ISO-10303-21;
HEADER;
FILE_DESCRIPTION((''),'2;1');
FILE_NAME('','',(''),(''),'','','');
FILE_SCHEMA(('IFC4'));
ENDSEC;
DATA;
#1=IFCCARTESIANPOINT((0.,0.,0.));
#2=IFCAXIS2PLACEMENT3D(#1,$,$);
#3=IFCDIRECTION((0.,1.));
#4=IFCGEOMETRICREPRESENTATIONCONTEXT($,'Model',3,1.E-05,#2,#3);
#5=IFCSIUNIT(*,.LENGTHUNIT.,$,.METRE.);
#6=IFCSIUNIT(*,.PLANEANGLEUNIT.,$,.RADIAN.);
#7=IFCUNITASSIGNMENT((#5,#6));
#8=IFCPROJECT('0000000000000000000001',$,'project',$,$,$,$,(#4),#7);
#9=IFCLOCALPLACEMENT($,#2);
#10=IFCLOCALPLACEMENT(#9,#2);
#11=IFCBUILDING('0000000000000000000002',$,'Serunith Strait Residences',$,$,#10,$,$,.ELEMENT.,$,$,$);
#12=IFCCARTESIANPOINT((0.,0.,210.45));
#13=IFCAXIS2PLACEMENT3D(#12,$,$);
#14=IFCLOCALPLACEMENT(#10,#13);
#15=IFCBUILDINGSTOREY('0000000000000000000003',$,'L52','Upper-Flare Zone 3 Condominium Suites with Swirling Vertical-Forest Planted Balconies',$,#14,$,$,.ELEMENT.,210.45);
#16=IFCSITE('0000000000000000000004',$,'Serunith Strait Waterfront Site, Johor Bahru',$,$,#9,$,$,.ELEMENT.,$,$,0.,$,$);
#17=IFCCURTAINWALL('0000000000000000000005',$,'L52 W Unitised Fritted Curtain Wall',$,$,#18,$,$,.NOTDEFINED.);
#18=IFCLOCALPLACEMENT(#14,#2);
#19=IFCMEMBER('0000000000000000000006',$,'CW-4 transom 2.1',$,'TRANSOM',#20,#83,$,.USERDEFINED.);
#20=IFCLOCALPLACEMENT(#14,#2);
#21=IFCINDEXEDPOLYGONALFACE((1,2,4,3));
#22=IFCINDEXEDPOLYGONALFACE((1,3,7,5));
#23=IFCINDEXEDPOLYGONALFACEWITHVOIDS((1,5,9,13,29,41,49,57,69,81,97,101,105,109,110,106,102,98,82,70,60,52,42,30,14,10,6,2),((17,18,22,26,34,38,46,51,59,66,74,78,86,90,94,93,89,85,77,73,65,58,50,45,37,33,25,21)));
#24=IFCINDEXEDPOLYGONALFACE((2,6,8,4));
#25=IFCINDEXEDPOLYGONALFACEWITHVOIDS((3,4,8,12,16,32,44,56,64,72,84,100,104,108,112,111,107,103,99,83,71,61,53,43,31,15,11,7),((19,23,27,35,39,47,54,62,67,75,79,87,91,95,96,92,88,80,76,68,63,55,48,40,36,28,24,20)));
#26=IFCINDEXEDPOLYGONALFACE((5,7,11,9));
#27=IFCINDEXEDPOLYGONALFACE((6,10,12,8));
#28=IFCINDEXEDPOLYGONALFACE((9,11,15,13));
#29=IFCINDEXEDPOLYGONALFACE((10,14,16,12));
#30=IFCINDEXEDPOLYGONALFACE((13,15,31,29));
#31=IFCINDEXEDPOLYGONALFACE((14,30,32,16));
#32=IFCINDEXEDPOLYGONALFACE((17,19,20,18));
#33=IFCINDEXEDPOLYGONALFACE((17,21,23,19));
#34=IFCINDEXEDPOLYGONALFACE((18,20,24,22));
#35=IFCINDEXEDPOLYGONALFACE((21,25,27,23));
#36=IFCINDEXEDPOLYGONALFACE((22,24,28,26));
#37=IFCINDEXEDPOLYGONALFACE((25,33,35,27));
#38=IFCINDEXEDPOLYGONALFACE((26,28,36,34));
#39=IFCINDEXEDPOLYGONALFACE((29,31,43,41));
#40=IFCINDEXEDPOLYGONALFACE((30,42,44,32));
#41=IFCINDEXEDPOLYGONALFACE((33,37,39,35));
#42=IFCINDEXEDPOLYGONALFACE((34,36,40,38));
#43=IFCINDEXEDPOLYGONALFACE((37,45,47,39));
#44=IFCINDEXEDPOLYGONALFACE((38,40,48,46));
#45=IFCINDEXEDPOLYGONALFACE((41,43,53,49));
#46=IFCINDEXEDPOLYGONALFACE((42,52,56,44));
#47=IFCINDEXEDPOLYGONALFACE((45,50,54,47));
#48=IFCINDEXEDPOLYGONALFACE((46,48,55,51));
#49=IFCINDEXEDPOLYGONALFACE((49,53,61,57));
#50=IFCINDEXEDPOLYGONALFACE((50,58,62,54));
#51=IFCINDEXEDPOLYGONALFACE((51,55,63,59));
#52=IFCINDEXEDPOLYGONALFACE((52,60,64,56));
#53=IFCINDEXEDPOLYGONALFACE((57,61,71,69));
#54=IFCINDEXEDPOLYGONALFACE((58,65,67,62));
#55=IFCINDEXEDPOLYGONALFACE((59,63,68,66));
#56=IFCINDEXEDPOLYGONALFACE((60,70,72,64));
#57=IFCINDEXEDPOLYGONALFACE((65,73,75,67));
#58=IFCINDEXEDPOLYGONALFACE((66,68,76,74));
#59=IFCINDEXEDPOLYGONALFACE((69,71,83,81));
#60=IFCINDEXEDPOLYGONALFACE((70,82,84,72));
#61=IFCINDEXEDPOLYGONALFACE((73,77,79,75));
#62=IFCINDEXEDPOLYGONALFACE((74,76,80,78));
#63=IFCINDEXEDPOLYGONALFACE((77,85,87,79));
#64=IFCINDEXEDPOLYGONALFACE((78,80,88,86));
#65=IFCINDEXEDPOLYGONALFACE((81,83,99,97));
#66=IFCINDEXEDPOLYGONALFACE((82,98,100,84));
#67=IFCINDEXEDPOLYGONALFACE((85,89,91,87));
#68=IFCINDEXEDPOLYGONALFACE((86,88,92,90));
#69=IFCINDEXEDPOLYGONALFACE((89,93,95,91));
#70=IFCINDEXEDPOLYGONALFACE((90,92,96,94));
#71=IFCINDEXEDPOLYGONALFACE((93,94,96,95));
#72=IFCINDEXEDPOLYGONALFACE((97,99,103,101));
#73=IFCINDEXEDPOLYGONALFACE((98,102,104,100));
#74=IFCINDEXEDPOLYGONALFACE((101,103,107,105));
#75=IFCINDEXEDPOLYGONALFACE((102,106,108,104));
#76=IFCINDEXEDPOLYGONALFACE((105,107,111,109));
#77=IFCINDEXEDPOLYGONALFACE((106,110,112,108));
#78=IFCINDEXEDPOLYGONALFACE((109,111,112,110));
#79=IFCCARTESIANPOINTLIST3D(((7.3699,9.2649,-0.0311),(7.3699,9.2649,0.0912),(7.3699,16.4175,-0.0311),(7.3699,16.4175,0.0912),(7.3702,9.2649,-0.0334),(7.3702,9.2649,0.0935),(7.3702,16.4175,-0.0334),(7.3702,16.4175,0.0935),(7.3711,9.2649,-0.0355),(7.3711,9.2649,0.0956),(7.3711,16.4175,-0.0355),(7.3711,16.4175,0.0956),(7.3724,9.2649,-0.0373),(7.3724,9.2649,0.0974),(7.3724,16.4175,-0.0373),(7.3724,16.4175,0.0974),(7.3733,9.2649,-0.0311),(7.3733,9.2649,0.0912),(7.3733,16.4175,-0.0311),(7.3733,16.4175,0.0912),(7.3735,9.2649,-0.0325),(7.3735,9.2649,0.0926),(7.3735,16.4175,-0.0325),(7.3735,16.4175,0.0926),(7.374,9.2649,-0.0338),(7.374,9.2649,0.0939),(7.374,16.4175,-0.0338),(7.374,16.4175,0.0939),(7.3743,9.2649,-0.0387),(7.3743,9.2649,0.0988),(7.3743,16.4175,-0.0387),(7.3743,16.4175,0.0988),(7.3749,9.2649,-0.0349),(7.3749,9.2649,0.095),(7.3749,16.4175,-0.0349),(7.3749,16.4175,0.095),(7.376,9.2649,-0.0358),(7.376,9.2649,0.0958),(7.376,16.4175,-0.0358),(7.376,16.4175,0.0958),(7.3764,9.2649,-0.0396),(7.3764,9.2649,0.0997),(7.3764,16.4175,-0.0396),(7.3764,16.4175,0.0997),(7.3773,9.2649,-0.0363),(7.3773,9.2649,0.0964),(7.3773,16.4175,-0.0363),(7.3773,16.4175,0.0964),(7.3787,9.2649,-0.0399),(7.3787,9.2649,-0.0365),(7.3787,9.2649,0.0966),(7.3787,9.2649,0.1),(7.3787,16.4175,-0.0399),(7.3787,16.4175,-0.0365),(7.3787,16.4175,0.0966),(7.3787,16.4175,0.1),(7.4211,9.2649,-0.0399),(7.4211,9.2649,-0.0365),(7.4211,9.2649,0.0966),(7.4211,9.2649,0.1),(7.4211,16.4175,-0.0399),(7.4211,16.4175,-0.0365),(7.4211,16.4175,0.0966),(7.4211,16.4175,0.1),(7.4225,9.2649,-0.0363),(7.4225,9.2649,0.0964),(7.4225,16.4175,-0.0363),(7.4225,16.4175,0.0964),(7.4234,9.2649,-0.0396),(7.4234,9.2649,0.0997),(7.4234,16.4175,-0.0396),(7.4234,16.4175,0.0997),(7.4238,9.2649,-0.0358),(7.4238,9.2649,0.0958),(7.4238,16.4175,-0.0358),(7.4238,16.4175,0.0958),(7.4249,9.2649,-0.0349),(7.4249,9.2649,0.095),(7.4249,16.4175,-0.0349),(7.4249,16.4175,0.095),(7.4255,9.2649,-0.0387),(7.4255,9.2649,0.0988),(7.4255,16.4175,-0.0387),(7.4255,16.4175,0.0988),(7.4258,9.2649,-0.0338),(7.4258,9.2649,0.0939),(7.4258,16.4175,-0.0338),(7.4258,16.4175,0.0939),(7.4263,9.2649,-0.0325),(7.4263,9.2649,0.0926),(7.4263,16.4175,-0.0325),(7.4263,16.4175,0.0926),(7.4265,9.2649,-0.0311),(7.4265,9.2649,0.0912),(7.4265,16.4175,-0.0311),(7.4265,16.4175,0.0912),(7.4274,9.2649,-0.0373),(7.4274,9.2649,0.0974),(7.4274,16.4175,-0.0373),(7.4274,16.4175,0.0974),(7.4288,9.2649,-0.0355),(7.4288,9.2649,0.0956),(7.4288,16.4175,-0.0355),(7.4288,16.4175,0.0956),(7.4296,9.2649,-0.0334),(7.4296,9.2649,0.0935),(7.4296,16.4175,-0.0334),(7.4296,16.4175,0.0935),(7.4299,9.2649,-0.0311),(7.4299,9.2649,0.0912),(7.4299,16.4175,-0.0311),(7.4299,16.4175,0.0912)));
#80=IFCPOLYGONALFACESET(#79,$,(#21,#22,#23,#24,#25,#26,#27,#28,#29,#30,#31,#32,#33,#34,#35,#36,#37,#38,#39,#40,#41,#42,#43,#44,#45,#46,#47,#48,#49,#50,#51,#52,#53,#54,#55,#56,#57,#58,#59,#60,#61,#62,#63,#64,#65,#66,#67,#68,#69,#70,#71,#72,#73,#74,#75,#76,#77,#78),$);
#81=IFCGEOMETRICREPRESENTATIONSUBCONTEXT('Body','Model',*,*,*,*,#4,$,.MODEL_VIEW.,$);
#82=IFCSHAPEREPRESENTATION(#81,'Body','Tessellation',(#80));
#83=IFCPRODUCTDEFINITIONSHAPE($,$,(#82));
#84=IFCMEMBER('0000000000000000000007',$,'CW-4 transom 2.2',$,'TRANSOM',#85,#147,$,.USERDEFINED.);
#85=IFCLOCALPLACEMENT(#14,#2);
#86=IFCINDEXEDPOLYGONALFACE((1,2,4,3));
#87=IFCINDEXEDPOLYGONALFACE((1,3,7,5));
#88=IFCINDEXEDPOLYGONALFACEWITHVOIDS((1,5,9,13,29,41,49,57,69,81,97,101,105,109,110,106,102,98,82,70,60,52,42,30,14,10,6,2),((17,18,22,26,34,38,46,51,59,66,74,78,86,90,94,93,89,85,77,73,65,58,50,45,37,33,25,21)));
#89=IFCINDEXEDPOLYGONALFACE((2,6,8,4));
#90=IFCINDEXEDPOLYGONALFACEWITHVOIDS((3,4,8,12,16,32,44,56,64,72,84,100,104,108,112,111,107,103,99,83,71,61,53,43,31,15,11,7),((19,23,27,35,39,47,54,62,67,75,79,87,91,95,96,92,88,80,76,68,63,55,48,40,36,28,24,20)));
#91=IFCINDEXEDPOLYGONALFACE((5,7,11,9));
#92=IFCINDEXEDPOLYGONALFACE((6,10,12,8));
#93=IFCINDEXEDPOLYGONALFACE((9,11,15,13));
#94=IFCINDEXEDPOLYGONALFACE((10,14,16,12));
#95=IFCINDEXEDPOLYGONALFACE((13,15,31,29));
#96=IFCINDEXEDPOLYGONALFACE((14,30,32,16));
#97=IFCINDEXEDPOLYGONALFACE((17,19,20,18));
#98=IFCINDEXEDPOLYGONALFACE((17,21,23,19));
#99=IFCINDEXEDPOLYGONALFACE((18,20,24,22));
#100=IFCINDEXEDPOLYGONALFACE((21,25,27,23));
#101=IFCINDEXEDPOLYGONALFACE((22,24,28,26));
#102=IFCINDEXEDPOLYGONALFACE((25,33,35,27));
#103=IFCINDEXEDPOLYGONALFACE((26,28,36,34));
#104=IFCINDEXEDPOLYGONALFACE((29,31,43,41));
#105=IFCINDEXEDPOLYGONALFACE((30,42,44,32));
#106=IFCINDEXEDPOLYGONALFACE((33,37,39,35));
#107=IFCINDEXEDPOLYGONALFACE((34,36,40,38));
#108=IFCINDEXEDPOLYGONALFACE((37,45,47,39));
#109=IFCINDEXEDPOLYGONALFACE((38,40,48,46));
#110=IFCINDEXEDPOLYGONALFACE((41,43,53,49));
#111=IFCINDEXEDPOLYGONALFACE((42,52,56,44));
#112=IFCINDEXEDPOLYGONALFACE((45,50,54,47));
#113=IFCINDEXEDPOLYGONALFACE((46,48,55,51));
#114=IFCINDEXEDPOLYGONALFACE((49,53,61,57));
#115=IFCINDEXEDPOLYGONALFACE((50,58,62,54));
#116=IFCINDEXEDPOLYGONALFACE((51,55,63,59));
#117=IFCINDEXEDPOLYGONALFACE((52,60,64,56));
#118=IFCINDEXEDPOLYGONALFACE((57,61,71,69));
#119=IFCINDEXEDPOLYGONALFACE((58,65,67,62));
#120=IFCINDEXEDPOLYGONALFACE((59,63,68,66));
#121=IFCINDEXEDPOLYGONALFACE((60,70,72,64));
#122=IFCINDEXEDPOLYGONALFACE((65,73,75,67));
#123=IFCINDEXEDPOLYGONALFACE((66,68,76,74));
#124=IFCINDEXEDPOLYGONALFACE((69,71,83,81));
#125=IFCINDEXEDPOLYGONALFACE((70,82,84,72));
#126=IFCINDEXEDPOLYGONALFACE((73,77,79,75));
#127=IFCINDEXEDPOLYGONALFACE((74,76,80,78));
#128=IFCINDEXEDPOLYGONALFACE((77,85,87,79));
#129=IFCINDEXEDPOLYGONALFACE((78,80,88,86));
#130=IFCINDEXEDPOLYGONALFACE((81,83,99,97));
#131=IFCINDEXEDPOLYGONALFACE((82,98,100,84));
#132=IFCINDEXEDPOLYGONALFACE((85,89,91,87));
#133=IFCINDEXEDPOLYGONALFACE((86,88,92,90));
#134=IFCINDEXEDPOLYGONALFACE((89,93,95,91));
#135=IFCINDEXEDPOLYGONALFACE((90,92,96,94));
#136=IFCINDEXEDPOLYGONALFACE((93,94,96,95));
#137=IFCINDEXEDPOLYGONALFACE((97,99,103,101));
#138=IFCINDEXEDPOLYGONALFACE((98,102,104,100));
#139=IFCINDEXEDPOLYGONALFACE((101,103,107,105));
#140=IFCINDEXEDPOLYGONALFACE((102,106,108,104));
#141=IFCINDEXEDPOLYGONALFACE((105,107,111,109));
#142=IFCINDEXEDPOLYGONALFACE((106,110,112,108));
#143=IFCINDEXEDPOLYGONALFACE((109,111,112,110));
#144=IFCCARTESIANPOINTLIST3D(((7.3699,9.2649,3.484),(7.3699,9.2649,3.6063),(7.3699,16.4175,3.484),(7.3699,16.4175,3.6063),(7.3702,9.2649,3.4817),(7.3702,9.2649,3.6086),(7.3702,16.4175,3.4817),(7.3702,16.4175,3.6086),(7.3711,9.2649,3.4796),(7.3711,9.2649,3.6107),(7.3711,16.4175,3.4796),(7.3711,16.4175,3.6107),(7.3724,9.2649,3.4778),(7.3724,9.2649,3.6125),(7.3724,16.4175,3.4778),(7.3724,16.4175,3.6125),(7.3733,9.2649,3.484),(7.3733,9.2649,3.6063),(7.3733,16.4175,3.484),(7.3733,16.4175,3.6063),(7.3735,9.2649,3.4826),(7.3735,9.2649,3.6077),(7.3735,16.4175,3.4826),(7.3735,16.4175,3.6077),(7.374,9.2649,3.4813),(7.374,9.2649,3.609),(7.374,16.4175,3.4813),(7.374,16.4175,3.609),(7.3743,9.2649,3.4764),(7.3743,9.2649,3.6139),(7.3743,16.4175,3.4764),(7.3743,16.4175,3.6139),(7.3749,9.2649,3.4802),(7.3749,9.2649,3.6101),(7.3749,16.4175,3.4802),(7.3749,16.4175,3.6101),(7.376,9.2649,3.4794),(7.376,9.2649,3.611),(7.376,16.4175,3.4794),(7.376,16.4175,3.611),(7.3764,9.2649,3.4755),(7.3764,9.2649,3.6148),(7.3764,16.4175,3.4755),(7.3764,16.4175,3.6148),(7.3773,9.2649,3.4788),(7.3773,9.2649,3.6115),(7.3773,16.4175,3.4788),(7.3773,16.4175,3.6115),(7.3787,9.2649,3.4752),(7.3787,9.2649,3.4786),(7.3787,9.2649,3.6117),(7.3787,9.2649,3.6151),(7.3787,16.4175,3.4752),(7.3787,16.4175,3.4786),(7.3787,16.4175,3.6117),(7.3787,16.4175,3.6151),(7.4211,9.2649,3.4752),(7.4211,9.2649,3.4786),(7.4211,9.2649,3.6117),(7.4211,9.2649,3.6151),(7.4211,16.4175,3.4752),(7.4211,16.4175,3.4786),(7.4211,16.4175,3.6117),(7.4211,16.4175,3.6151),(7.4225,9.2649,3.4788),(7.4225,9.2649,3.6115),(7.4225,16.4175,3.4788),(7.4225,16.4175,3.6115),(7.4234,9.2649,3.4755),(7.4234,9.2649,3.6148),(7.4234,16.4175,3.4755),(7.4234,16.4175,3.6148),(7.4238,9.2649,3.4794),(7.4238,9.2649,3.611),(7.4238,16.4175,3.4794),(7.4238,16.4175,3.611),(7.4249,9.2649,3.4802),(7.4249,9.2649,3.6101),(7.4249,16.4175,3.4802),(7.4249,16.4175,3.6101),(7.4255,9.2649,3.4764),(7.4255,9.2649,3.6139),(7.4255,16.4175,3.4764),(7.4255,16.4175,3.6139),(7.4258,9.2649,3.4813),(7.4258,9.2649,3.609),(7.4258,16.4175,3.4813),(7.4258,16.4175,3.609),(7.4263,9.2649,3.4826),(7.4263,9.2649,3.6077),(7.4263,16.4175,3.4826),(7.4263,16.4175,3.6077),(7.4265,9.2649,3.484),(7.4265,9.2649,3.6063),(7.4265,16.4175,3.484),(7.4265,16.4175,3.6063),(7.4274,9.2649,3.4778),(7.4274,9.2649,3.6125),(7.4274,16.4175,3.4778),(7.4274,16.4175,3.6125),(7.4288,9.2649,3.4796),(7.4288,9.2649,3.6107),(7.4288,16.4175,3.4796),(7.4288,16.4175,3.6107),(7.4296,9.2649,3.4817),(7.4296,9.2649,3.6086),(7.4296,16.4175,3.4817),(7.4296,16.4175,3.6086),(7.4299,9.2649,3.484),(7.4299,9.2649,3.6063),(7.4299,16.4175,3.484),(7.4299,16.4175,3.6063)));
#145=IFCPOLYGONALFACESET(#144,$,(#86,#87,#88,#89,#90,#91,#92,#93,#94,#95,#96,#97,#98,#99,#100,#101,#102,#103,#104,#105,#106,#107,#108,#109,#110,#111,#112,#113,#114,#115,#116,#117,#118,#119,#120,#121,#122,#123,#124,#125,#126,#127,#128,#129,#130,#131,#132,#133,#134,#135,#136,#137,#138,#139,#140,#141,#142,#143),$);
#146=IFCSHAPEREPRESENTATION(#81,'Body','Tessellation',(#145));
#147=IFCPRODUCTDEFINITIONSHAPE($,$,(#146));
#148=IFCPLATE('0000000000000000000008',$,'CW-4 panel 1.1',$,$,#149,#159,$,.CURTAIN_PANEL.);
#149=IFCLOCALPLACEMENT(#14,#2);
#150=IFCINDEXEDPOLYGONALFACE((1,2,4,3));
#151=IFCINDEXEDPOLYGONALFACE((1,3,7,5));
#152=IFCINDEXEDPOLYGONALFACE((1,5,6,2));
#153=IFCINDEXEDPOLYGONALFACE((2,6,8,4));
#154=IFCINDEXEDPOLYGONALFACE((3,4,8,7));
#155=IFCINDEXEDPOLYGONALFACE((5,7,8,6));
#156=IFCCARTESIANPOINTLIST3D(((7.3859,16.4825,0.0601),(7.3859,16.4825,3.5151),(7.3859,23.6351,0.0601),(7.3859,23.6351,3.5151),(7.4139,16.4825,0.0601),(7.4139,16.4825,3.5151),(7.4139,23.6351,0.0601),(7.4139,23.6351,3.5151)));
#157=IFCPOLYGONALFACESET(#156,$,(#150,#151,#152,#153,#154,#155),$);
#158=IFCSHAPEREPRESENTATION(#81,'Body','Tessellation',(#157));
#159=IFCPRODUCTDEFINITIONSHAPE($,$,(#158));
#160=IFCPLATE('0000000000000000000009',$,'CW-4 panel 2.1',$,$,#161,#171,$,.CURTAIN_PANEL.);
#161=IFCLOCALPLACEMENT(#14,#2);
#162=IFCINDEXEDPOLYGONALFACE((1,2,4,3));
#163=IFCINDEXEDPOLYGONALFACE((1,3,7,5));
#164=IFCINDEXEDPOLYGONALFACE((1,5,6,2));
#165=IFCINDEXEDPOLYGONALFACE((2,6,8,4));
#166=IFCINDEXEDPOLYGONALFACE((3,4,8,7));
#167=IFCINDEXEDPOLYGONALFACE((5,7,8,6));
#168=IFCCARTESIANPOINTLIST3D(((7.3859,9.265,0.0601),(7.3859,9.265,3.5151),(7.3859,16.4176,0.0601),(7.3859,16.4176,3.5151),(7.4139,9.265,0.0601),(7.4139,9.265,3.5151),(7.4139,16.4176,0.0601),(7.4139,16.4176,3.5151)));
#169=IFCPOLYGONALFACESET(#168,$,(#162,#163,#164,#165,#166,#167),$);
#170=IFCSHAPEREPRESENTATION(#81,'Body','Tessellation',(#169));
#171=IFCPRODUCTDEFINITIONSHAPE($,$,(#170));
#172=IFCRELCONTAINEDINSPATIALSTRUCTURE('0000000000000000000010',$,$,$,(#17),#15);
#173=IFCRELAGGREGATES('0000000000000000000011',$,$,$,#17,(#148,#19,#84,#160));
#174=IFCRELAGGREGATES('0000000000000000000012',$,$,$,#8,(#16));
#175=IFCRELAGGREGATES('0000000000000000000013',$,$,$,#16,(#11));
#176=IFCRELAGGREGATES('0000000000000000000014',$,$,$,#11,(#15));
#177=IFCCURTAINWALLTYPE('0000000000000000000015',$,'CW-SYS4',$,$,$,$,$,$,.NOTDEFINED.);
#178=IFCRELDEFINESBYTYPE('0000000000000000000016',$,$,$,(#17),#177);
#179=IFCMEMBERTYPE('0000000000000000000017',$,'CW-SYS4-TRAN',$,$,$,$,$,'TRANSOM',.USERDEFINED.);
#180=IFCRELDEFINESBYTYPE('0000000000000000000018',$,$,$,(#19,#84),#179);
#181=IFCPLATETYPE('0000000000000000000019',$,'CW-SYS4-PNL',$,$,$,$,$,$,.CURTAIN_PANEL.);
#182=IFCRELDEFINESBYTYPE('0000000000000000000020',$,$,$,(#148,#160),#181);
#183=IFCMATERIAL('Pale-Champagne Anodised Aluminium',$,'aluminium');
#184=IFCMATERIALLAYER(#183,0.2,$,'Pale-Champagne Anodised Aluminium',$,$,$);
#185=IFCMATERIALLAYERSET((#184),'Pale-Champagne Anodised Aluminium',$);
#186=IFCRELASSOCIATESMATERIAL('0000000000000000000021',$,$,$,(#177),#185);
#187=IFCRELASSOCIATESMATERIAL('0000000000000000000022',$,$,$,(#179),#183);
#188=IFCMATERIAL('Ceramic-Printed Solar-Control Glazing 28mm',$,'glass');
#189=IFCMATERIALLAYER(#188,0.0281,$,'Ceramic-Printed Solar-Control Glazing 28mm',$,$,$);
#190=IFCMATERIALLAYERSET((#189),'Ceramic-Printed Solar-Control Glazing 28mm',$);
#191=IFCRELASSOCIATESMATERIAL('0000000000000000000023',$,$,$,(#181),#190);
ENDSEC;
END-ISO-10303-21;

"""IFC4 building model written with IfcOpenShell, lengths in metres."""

from ifc_helpers import new_model, si_unit, direction, frame, origin, origin_2d, place, context, subcontext, project, spatial, rectangle, hollow_rectangle, extrude, source, transform, mapped, material, layer, layer_set, material_profile, profile_set, type_object, element, aggregate, save


model = new_model("IFC4")

# Units and contexts
model_context = context("Model", 3, precision=1e-05, world=origin(), true_north=direction((0.0, 1.0)))
body_context = subcontext(model_context, "Body", "Model", "MODEL_VIEW")
ifc_project = project(units=[si_unit("LENGTHUNIT", "METRE"), si_unit("PLANEANGLEUNIT", "RADIAN")], contexts=[model_context])

# Site, building, storey
site_placement = place(None, origin())
site = spatial("IfcSite", under=ifc_project, at=site_placement, Name="Serunith Strait Waterfront Site, Johor Bahru", CompositionType="ELEMENT", RefElevation=0.0)
building_placement = place(site_placement, origin())
building = spatial("IfcBuilding", under=site, at=building_placement, Name="Serunith Strait Residences", CompositionType="ELEMENT")
storey_placement = place(building_placement, frame((0.0, 0.0, 210.45)))
storey = spatial("IfcBuildingStorey", under=building, at=storey_placement, Name="L52", Description="Upper-Flare Zone 3 Condominium Suites with Swirling Vertical-Forest Planted Balconies", CompositionType="ELEMENT", Elevation=210.45)

# Curtain wall, members, plates
ifc_material_1 = material(Name="Pale-Champagne Anodised Aluminium", Category="aluminium")
ifc_layer_1 = layer(ifc_material_1, 0.2, Name="Pale-Champagne Anodised Aluminium")
ifc_layer_set_1 = layer_set([ifc_layer_1], Name="Pale-Champagne Anodised Aluminium")
curtain_wall_type = type_object("IfcCurtainWallType", Name="CW-SYS4", PredefinedType="NOTDEFINED", material=ifc_layer_set_1)
curtain_wall_placement = place(storey_placement, origin())
curtain_wall = element("IfcCurtainWall", 1, at=curtain_wall_placement, inside=storey, type_object=curtain_wall_type, Name="L52 W Unitised Fritted Curtain Wall", PredefinedType="NOTDEFINED")
ifc_material_profile_1 = material_profile(ifc_material_1, hollow_rectangle(XDim=0.0601, YDim=0.1399, WallThickness=0.0034, InnerFilletRadius=0.0054, OuterFilletRadius=0.0088, at=origin_2d()), Name="ALU 140x60x3.5")
ifc_profile_set_1 = profile_set([ifc_material_profile_1], Name="Pale-Champagne Anodised Aluminium")
member_type_1 = type_object("IfcMemberType", Name="CW-SYS4-TRAN", ElementType="TRANSOM", PredefinedType="USERDEFINED", material=ifc_profile_set_1)
shared_shape_1 = source(origin(), body_context, "Body", "SweptSolid", [
    extrude(hollow_rectangle(XDim=0.0601, YDim=0.1399, WallThickness=0.0034, InnerFilletRadius=0.0054, OuterFilletRadius=0.0088, at=origin_2d()), origin(), (0.0, 0.0, 1.0), 7.1526),
])
member_1_placement = place(storey_placement, frame((7.3999, 16.4175, 0.03), z_axis=(0.0, -1.0, 0.0), x_axis=(1.0, 0.0, 0.0)))
member_1 = element("IfcMember", 2, at=member_1_placement, type_object=member_type_1, Name="CW-4 transom 2.1", ObjectType="TRANSOM", PredefinedType="USERDEFINED", context=body_context, shape_type="MappedRepresentation", body=[
    mapped(shared_shape_1, transform((0.0, 0.0, 0.0), scale=1.0)),
])
member_2_placement = place(storey_placement, frame((7.3999, 16.4175, 3.5452), z_axis=(0.0, -1.0, 0.0), x_axis=(1.0, 0.0, 0.0)))
member_2 = element("IfcMember", 3, at=member_2_placement, type_object=member_type_1, Name="CW-4 transom 2.2", ObjectType="TRANSOM", PredefinedType="USERDEFINED", context=body_context, shape_type="MappedRepresentation", body=[
    mapped(shared_shape_1, transform((0.0, 0.0, 0.0), scale=1.0)),
])
ifc_material_2 = material(Name="Ceramic-Printed Solar-Control Glazing 28mm", Category="glass")
ifc_layer_2 = layer(ifc_material_2, 0.0281, Name="Ceramic-Printed Solar-Control Glazing 28mm")
ifc_layer_set_2 = layer_set([ifc_layer_2], Name="Ceramic-Printed Solar-Control Glazing 28mm")
plate_type = type_object("IfcPlateType", Name="CW-SYS4-PNL", PredefinedType="CURTAIN_PANEL", material=ifc_layer_set_2)
shared_shape_2 = source(origin(), body_context, "Body", "SweptSolid", [
    extrude(rectangle(XDim=7.1526, YDim=0.0281, at=origin_2d()), origin(), (0.0, 0.0, 1.0), 3.4551),
])
plate_1_placement = place(storey_placement, frame((7.3999, 20.0588, 0.0601), z_axis=(0.0, 0.0, 1.0), x_axis=(0.0, -1.0, 0.0)))
plate_1 = element("IfcPlate", 4, at=plate_1_placement, type_object=plate_type, Name="CW-4 panel 1.1", PredefinedType="CURTAIN_PANEL", context=body_context, shape_type="MappedRepresentation", body=[
    mapped(shared_shape_2, transform((0.0, 0.0, 0.0), scale=1.0)),
])
plate_2_placement = place(storey_placement, frame((7.3999, 12.8413, 0.0601), z_axis=(0.0, 0.0, 1.0), x_axis=(0.0, -1.0, 0.0)))
plate_2 = element("IfcPlate", 5, at=plate_2_placement, type_object=plate_type, Name="CW-4 panel 2.1", PredefinedType="CURTAIN_PANEL", context=body_context, shape_type="MappedRepresentation", body=[
    mapped(shared_shape_2, transform((0.0, 0.0, 0.0), scale=1.0)),
])
aggregate(curtain_wall, [plate_1, member_1, member_2, plate_2])

save(model, "model.ifc")
